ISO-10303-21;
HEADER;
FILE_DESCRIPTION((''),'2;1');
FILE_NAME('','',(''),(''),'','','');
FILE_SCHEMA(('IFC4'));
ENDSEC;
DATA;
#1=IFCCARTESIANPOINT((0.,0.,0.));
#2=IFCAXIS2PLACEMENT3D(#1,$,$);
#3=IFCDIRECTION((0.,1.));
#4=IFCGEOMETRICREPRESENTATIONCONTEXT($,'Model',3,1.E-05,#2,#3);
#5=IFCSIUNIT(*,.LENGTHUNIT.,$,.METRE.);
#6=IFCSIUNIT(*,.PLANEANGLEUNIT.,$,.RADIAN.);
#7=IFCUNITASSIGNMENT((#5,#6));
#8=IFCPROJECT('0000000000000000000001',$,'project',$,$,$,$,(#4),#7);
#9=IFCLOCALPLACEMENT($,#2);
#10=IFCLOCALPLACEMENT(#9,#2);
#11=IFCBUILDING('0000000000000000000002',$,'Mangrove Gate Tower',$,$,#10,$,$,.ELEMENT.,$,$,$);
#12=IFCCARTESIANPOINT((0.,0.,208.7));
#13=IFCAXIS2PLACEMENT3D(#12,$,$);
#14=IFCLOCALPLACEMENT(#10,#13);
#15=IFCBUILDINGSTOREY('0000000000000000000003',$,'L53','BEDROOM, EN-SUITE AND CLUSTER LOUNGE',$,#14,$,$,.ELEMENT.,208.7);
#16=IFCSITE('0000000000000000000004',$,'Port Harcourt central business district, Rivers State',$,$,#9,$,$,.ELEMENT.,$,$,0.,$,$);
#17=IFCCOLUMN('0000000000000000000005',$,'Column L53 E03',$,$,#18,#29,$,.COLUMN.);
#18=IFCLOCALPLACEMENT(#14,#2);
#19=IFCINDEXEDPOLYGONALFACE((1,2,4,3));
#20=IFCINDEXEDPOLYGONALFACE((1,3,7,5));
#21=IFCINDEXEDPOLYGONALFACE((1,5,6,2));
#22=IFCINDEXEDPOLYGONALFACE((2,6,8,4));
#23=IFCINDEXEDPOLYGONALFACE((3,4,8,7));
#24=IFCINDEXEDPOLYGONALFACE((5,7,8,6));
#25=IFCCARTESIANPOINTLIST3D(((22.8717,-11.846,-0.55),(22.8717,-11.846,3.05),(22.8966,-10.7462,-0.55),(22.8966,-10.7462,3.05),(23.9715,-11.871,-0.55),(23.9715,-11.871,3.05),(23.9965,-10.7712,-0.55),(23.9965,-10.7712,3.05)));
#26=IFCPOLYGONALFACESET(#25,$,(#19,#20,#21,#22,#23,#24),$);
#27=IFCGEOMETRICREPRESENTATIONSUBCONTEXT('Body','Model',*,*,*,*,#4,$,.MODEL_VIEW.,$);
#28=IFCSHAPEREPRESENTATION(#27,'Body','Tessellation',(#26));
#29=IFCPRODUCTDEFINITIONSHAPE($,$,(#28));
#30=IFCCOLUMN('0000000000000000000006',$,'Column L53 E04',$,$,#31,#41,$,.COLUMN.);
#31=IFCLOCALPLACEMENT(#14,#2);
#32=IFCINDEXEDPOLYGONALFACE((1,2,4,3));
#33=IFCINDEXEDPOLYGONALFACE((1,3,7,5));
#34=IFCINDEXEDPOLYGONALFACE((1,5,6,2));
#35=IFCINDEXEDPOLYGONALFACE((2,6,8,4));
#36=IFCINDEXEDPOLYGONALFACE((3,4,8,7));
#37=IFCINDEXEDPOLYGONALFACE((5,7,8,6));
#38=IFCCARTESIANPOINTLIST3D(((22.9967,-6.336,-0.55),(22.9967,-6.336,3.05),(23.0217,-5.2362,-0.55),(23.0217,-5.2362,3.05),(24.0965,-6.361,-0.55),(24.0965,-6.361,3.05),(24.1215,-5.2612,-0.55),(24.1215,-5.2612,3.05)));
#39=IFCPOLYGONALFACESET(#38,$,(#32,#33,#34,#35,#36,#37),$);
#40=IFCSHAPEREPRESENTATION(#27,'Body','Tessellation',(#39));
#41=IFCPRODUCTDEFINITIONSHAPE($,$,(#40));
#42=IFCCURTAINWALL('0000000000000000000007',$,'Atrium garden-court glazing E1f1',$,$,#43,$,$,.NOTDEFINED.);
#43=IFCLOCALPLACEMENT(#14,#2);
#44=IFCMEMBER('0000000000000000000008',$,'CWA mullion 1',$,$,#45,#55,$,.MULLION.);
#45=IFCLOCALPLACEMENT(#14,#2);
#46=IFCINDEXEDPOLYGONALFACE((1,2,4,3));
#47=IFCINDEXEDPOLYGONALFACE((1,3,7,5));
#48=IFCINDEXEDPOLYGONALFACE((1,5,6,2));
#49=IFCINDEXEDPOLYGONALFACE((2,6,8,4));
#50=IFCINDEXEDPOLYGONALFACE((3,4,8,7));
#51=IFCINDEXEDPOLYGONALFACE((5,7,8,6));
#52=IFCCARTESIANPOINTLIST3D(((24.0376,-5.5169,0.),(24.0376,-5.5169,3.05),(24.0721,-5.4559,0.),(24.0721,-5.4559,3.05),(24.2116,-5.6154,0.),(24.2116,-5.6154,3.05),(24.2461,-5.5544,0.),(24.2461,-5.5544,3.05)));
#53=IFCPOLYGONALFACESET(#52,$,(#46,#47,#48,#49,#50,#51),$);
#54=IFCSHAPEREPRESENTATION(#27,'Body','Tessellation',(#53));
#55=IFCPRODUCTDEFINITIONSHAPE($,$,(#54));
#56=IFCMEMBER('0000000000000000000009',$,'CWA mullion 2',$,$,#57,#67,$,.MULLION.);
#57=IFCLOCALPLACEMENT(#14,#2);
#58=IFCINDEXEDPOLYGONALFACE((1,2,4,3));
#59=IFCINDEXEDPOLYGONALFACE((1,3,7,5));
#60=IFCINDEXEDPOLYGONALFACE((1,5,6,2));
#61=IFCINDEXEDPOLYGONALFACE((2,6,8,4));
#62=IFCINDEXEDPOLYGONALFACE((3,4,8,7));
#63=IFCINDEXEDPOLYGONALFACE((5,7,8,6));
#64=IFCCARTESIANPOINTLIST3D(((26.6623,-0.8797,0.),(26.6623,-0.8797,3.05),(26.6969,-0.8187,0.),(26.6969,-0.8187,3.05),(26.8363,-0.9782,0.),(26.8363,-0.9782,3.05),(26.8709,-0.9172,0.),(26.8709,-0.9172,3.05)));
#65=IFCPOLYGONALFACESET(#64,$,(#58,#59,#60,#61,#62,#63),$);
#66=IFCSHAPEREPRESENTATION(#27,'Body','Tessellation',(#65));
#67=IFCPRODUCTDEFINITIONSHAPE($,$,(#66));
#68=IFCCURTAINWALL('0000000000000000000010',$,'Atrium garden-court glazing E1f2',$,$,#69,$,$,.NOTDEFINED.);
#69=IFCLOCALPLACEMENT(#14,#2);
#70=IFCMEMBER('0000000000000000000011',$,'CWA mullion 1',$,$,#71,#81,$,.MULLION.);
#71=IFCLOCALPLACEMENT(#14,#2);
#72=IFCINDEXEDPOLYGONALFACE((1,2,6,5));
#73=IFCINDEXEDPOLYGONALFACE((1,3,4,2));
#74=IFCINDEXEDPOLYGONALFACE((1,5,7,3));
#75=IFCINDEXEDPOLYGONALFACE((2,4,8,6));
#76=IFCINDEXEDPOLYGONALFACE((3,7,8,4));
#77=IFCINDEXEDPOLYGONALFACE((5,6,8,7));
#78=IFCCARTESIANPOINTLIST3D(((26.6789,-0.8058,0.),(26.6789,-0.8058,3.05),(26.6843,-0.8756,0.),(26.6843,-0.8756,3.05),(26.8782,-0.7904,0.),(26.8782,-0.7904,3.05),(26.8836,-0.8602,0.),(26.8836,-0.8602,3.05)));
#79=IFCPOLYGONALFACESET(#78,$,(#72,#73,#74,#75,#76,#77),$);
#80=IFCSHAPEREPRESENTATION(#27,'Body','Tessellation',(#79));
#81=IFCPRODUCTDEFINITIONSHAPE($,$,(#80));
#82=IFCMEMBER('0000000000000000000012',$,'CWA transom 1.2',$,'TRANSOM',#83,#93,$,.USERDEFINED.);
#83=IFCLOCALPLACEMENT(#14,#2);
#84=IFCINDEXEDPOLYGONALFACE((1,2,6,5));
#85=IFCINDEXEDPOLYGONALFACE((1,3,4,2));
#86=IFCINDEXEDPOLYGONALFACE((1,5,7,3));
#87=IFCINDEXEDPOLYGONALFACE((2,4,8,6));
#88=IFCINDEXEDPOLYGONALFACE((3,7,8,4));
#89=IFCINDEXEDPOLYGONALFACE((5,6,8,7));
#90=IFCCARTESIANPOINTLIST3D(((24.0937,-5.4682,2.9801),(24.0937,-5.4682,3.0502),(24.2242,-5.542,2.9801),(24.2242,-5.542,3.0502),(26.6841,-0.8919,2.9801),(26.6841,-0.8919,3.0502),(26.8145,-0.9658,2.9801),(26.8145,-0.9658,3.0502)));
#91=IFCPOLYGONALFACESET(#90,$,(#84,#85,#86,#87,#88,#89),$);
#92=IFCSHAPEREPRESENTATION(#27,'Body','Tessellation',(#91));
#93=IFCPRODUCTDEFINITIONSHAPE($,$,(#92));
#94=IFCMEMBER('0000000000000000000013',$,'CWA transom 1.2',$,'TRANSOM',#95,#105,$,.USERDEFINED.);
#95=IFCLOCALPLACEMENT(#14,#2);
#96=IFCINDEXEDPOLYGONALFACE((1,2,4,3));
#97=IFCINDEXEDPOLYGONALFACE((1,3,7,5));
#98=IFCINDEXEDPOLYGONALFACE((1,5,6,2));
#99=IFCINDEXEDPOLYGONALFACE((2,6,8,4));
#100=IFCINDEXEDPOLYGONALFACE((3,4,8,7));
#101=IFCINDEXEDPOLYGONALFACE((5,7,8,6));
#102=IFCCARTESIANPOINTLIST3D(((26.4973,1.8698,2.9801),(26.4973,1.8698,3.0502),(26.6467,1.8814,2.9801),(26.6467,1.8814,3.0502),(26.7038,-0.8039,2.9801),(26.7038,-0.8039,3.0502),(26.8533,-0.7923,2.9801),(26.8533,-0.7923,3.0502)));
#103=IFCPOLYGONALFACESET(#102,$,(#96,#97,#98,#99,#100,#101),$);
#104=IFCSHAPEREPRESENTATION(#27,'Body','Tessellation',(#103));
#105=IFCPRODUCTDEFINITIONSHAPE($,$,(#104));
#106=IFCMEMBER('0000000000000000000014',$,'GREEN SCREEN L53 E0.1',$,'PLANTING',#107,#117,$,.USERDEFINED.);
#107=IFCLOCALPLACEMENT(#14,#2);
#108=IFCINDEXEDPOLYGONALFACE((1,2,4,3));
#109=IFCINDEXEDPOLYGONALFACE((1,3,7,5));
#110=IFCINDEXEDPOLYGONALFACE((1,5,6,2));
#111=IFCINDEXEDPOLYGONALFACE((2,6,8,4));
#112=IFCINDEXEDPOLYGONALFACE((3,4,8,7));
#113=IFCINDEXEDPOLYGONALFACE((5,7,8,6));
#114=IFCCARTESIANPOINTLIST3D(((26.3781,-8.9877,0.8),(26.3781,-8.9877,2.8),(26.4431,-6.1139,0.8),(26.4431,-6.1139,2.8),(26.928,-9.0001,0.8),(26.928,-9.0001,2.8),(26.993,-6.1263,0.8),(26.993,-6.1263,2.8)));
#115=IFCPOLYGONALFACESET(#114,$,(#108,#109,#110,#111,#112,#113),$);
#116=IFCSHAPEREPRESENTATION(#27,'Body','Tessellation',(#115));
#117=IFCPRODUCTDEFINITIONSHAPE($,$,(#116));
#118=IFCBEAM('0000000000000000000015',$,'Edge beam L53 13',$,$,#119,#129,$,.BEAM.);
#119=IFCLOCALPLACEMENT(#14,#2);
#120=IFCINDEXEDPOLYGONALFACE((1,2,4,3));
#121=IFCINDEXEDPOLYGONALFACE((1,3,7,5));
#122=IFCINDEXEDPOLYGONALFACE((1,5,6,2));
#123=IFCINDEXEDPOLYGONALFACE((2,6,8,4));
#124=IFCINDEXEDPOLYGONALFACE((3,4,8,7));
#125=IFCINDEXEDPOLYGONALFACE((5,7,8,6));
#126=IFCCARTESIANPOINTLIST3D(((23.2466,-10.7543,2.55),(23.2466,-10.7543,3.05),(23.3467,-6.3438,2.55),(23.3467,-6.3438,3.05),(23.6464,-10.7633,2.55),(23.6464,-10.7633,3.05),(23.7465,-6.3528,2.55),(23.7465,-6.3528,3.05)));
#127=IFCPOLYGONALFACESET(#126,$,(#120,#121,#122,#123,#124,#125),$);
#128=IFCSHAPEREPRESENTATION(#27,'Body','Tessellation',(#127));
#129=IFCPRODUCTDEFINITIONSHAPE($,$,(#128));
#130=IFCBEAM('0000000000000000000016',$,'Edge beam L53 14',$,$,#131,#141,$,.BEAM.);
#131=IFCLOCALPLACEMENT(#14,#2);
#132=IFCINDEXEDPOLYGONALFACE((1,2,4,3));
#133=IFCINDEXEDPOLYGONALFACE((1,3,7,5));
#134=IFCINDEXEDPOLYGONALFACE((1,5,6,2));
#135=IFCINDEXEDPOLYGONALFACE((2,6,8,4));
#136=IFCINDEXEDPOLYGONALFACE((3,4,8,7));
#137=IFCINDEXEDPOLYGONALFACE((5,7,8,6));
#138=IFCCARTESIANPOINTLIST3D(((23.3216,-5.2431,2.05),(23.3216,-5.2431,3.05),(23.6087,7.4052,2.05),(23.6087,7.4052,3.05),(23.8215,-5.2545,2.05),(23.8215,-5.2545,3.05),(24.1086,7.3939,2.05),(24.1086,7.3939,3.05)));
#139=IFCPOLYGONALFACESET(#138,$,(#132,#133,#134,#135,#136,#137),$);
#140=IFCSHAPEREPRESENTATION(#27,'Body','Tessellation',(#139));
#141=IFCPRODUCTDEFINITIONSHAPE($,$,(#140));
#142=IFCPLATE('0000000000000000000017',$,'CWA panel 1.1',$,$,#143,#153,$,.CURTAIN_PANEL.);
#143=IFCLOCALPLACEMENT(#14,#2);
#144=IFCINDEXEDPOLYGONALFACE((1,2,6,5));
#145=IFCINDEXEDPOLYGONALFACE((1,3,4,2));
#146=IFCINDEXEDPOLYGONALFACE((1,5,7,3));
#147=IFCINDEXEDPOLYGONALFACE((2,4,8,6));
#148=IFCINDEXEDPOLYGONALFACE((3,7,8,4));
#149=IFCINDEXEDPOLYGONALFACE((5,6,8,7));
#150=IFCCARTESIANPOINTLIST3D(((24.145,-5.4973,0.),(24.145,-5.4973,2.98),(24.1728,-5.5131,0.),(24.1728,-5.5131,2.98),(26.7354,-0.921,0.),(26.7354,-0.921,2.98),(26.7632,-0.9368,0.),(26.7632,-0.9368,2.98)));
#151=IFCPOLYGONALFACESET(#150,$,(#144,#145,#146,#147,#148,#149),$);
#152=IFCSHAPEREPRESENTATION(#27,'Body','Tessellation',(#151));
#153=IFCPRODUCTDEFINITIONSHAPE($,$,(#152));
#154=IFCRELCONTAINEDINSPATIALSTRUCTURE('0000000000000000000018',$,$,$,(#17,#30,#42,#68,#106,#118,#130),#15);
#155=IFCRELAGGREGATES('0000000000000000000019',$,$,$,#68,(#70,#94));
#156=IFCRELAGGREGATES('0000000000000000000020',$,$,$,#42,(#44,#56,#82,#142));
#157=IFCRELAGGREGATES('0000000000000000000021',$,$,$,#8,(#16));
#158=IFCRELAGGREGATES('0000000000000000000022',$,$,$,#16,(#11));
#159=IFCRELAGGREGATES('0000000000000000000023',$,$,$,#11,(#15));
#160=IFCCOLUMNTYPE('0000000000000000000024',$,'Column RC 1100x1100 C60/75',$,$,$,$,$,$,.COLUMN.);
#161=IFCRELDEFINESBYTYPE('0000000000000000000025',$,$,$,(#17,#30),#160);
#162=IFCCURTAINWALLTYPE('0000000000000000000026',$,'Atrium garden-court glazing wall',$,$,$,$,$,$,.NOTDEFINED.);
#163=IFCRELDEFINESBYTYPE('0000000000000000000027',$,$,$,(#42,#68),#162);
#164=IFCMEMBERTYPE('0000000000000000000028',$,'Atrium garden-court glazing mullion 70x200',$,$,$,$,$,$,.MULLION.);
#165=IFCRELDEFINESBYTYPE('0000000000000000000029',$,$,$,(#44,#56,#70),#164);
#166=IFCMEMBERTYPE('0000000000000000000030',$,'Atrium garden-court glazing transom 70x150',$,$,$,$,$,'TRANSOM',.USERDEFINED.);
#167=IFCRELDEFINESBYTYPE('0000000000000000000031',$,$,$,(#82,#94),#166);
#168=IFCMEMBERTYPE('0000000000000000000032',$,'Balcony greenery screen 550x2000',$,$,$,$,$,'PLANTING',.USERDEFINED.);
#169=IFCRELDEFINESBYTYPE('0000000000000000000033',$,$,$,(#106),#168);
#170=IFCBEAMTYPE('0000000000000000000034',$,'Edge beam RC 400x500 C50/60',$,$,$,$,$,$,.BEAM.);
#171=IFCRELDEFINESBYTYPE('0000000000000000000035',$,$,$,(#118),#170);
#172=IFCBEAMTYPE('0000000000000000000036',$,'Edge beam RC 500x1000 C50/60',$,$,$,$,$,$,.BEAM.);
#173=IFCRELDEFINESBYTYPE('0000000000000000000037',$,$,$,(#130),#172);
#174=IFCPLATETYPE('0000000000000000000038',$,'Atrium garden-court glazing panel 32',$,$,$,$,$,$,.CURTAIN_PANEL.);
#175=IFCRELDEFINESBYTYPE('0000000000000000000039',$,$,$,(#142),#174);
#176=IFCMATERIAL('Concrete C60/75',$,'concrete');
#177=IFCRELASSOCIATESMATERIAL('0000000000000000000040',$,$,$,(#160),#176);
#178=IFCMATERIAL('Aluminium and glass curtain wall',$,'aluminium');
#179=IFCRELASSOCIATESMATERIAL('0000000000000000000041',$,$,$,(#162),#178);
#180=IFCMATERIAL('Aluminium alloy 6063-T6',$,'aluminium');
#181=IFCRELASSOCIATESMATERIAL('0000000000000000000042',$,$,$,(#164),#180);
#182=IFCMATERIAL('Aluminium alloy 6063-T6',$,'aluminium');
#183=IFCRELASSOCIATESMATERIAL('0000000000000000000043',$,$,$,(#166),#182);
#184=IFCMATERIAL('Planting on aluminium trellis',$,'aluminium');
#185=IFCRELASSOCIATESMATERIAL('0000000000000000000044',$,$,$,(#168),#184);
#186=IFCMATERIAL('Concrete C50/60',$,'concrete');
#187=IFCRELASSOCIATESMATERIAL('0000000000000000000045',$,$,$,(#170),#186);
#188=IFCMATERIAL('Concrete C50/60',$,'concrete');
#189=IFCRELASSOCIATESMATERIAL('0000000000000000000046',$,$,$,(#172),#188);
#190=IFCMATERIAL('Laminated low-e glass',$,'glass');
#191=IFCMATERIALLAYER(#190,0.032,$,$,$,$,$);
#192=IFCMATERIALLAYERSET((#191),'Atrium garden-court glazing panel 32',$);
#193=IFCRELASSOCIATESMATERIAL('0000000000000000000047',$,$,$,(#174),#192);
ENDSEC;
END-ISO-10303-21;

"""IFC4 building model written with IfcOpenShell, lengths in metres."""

from ifc_helpers import new_model, si_unit, direction, frame, origin, origin_2d, place, context, subcontext, project, spatial, rectangle, extrude, material, layer, layer_set, material_profile, profile_set, type_object, element, aggregate, save


model = new_model("IFC4")

# Units and contexts
model_context = context("Model", 3, precision=1e-05, world=origin(), true_north=direction((0.0, 1.0)))
body_context = subcontext(model_context, "Body", "Model", "MODEL_VIEW")
ifc_project = project(units=[si_unit("LENGTHUNIT", "METRE"), si_unit("PLANEANGLEUNIT", "RADIAN")], contexts=[model_context])

# Site, building, storey
site_placement = place(None, origin())
site = spatial("IfcSite", under=ifc_project, at=site_placement, Name="Port Harcourt central business district, Rivers State", CompositionType="ELEMENT", RefElevation=0.0)
building_placement = place(site_placement, origin())
building = spatial("IfcBuilding", under=site, at=building_placement, Name="Mangrove Gate Tower", CompositionType="ELEMENT")
storey_placement = place(building_placement, frame((0.0, 0.0, 208.7)))
storey = spatial("IfcBuildingStorey", under=building, at=storey_placement, Name="L53", Description="BEDROOM, EN-SUITE AND CLUSTER LOUNGE", CompositionType="ELEMENT", Elevation=208.7)

# Columns
ifc_material_1 = material(Name="Concrete C60/75", Category="concrete")
ifc_material_profile_1 = material_profile(ifc_material_1, rectangle(XDim=1.1001, YDim=1.1001, at=origin_2d()))
ifc_profile_set_1 = profile_set([ifc_material_profile_1], Name="Concrete C60/75")
column_type = type_object("IfcColumnType", Name="Column RC 1100x1100 C60/75", PredefinedType="COLUMN", material=ifc_profile_set_1)
for number, where, z_axis, x_axis, name in (
    (1, (23.4341, -11.3086, -0.55), (0.0, 0.0, 1.0), (0.022678, 0.999743, 0.0), "Column L53 E03"),
    (2, (23.5591, -5.7986, -0.55), (0.0, 0.0, 1.0), (0.022686, 0.999743, 0.0), "Column L53 E04"),
):
    element("IfcColumn", number, at=place(storey_placement, frame(where, z_axis=z_axis, x_axis=x_axis)), inside=storey, type_object=column_type, Name=name, PredefinedType="COLUMN", context=body_context, shape_type="SweptSolid", body=[
        extrude(rectangle(XDim=1.1001, YDim=1.1001, at=origin_2d()), origin(), (0.0, 0.0, 1.0), 3.6001),
    ])

# Curtain wall, members
ifc_material_2 = material(Name="Aluminium and glass curtain wall", Category="aluminium")
curtain_wall_type = type_object("IfcCurtainWallType", Name="Atrium garden-court glazing wall", PredefinedType="NOTDEFINED", material=ifc_material_2)
curtain_wall_1_placement = place(storey_placement, origin())
curtain_wall_1 = element("IfcCurtainWall", 3, at=curtain_wall_1_placement, inside=storey, type_object=curtain_wall_type, Name="Atrium garden-court glazing E1f1", PredefinedType="NOTDEFINED")
ifc_material_3 = material(Name="Aluminium alloy 6063-T6", Category="aluminium")
ifc_material_profile_2 = material_profile(ifc_material_3, rectangle(XDim=0.0701, YDim=0.2, at=origin_2d()))
ifc_profile_set_2 = profile_set([ifc_material_profile_2], Name="Aluminium alloy 6063-T6")
member_type_1 = type_object("IfcMemberType", Name="Atrium garden-court glazing mullion 70x200", PredefinedType="MULLION", material=ifc_profile_set_2)
member_1_placement = place(storey_placement, frame((24.1418, -5.5356, 0.0), z_axis=(0.0, 0.0, 1.0), x_axis=(0.4926, 0.870256, 0.0)))
member_1 = element("IfcMember", 4, at=member_1_placement, type_object=member_type_1, Name="CWA mullion 1", PredefinedType="MULLION", context=body_context, shape_type="SweptSolid", body=[
    extrude(rectangle(XDim=0.0701, YDim=0.2, at=origin_2d()), origin(), (0.0, 0.0, 1.0), 3.05),
])
member_2_placement = place(storey_placement, frame((26.7666, -0.8984, 0.0), z_axis=(0.0, 0.0, 1.0), x_axis=(0.4926, 0.870256, 0.0)))
member_2 = element("IfcMember", 5, at=member_2_placement, type_object=member_type_1, Name="CWA mullion 2", PredefinedType="MULLION", context=body_context, shape_type="SweptSolid", body=[
    extrude(rectangle(XDim=0.0701, YDim=0.2, at=origin_2d()), origin(), (0.0, 0.0, 1.0), 3.05),
])

# Curtain wall, member
curtain_wall_2_placement = place(storey_placement, origin())
curtain_wall_2 = element("IfcCurtainWall", 6, at=curtain_wall_2_placement, inside=storey, type_object=curtain_wall_type, Name="Atrium garden-court glazing E1f2", PredefinedType="NOTDEFINED")
member_3_placement = place(storey_placement, frame((26.7812, -0.833, 0.0), z_axis=(0.0, 0.0, 1.0), x_axis=(-0.077023, 0.997029, 0.0)))
member_3 = element("IfcMember", 7, at=member_3_placement, type_object=member_type_1, Name="CWA mullion 1", PredefinedType="MULLION", context=body_context, shape_type="SweptSolid", body=[
    extrude(rectangle(XDim=0.0701, YDim=0.2, at=origin_2d()), origin(), (0.0, 0.0, 1.0), 3.05),
])

# Members
ifc_material_4 = material(Name="Aluminium alloy 6063-T6", Category="aluminium")
ifc_material_profile_3 = material_profile(ifc_material_4, rectangle(XDim=0.0701, YDim=0.1499, at=origin_2d()))
ifc_profile_set_3 = profile_set([ifc_material_profile_3], Name="Aluminium alloy 6063-T6")
member_type_2 = type_object("IfcMemberType", Name="Atrium garden-court glazing transom 70x150", ElementType="TRANSOM", PredefinedType="USERDEFINED", material=ifc_profile_set_3)
member_4_placement = place(storey_placement, frame((24.1589, -5.5051, 3.0151), z_axis=(0.492605, 0.870253, 0.0), x_axis=(0.0, 0.0, 1.0)))
member_4 = element("IfcMember", 8, at=member_4_placement, type_object=member_type_2, Name="CWA transom 1.2", ObjectType="TRANSOM", PredefinedType="USERDEFINED", context=body_context, shape_type="SweptSolid", body=[
    extrude(rectangle(XDim=0.0701, YDim=0.1499, at=origin_2d()), origin(), (0.0, 0.0, 1.0), 5.2585),
])
member_5_placement = place(storey_placement, frame((26.7786, -0.7981, 3.0151), z_axis=(-0.077024, 0.997029, 0.0), x_axis=(0.0, 0.0, 1.0)))
member_5 = element("IfcMember", 9, at=member_5_placement, type_object=member_type_2, Name="CWA transom 1.2", ObjectType="TRANSOM", PredefinedType="USERDEFINED", context=body_context, shape_type="SweptSolid", body=[
    extrude(rectangle(XDim=0.0701, YDim=0.1499, at=origin_2d()), origin(), (0.0, 0.0, 1.0), 2.6816),
])
aggregate(curtain_wall_2, [member_3, member_5])
ifc_material_5 = material(Name="Planting on aluminium trellis", Category="aluminium")
ifc_material_profile_4 = material_profile(ifc_material_5, rectangle(XDim=0.55, YDim=2.0, at=origin_2d()))
ifc_profile_set_4 = profile_set([ifc_material_profile_4], Name="Planting on aluminium trellis")
member_type_3 = type_object("IfcMemberType", Name="Balcony greenery screen 550x2000", ElementType="PLANTING", PredefinedType="USERDEFINED", material=ifc_profile_set_4)
member_6_placement = place(storey_placement, frame((26.6531, -8.9939, 1.8), z_axis=(0.022592, 0.999745, 0.0), x_axis=(-0.999745, 0.022592, 0.0)))
element("IfcMember", 10, at=member_6_placement, inside=storey, type_object=member_type_3, Name="GREEN SCREEN L53 E0.1", ObjectType="PLANTING", PredefinedType="USERDEFINED", context=body_context, shape_type="SweptSolid", body=[
    extrude(rectangle(XDim=0.55, YDim=2.0, at=origin_2d()), origin(), (0.0, 0.0, 1.0), 2.8745),
])

# Beams
ifc_material_6 = material(Name="Concrete C50/60", Category="concrete")
ifc_material_profile_5 = material_profile(ifc_material_6, rectangle(XDim=0.3999, YDim=0.5, at=origin_2d()))
ifc_profile_set_5 = profile_set([ifc_material_profile_5], Name="Concrete C50/60")
beam_type_1 = type_object("IfcBeamType", Name="Edge beam RC 400x500 C50/60", PredefinedType="BEAM", material=ifc_profile_set_5)
beam_1_placement = place(storey_placement, frame((23.4465, -10.7588, 2.8), z_axis=(0.02269, 0.999743, 0.0), x_axis=(-0.999743, 0.02269, 0.0)))
element("IfcBeam", 11, at=beam_1_placement, inside=storey, type_object=beam_type_1, Name="Edge beam L53 13", PredefinedType="BEAM", context=body_context, shape_type="SweptSolid", body=[
    extrude(rectangle(XDim=0.3999, YDim=0.5, at=origin_2d()), origin(), (0.0, 0.0, 1.0), 4.4116),
])
ifc_material_7 = material(Name="Concrete C50/60", Category="concrete")
ifc_material_profile_6 = material_profile(ifc_material_7, rectangle(XDim=0.5, YDim=1.0, at=origin_2d()))
ifc_profile_set_6 = profile_set([ifc_material_profile_6], Name="Concrete C50/60")
beam_type_2 = type_object("IfcBeamType", Name="Edge beam RC 500x1000 C50/60", PredefinedType="BEAM", material=ifc_profile_set_6)
beam_2_placement = place(storey_placement, frame((23.5715, -5.2488, 2.55), z_axis=(0.022693, 0.999742, 0.0), x_axis=(-0.999742, 0.022693, 0.0)))
element("IfcBeam", 12, at=beam_2_placement, inside=storey, type_object=beam_type_2, Name="Edge beam L53 14", PredefinedType="BEAM", context=body_context, shape_type="SweptSolid", body=[
    extrude(rectangle(XDim=0.5, YDim=1.0, at=origin_2d()), origin(), (0.0, 0.0, 1.0), 12.6516),
])

# Plate
ifc_material_8 = material(Name="Laminated low-e glass", Category="glass")
ifc_layer_1 = layer(ifc_material_8, 0.032)
ifc_layer_set_1 = layer_set([ifc_layer_1], Name="Atrium garden-court glazing panel 32")
plate_type = type_object("IfcPlateType", Name="Atrium garden-court glazing panel 32", PredefinedType="CURTAIN_PANEL", material=ifc_layer_set_1)
plate_placement = place(storey_placement, frame((25.4541, -3.217, 0.0), z_axis=(0.0, 0.0, 1.0), x_axis=(0.4926, 0.870256, 0.0)))
plate = element("IfcPlate", 13, at=plate_placement, type_object=plate_type, Name="CWA panel 1.1", PredefinedType="CURTAIN_PANEL", context=body_context, shape_type="SweptSolid", body=[
    extrude(rectangle(XDim=5.2585, YDim=0.032, at=origin_2d()), origin(), (0.0, 0.0, 1.0), 2.98),
])
aggregate(curtain_wall_1, [member_1, member_2, member_4, plate])

save(model, "model.ifc")
